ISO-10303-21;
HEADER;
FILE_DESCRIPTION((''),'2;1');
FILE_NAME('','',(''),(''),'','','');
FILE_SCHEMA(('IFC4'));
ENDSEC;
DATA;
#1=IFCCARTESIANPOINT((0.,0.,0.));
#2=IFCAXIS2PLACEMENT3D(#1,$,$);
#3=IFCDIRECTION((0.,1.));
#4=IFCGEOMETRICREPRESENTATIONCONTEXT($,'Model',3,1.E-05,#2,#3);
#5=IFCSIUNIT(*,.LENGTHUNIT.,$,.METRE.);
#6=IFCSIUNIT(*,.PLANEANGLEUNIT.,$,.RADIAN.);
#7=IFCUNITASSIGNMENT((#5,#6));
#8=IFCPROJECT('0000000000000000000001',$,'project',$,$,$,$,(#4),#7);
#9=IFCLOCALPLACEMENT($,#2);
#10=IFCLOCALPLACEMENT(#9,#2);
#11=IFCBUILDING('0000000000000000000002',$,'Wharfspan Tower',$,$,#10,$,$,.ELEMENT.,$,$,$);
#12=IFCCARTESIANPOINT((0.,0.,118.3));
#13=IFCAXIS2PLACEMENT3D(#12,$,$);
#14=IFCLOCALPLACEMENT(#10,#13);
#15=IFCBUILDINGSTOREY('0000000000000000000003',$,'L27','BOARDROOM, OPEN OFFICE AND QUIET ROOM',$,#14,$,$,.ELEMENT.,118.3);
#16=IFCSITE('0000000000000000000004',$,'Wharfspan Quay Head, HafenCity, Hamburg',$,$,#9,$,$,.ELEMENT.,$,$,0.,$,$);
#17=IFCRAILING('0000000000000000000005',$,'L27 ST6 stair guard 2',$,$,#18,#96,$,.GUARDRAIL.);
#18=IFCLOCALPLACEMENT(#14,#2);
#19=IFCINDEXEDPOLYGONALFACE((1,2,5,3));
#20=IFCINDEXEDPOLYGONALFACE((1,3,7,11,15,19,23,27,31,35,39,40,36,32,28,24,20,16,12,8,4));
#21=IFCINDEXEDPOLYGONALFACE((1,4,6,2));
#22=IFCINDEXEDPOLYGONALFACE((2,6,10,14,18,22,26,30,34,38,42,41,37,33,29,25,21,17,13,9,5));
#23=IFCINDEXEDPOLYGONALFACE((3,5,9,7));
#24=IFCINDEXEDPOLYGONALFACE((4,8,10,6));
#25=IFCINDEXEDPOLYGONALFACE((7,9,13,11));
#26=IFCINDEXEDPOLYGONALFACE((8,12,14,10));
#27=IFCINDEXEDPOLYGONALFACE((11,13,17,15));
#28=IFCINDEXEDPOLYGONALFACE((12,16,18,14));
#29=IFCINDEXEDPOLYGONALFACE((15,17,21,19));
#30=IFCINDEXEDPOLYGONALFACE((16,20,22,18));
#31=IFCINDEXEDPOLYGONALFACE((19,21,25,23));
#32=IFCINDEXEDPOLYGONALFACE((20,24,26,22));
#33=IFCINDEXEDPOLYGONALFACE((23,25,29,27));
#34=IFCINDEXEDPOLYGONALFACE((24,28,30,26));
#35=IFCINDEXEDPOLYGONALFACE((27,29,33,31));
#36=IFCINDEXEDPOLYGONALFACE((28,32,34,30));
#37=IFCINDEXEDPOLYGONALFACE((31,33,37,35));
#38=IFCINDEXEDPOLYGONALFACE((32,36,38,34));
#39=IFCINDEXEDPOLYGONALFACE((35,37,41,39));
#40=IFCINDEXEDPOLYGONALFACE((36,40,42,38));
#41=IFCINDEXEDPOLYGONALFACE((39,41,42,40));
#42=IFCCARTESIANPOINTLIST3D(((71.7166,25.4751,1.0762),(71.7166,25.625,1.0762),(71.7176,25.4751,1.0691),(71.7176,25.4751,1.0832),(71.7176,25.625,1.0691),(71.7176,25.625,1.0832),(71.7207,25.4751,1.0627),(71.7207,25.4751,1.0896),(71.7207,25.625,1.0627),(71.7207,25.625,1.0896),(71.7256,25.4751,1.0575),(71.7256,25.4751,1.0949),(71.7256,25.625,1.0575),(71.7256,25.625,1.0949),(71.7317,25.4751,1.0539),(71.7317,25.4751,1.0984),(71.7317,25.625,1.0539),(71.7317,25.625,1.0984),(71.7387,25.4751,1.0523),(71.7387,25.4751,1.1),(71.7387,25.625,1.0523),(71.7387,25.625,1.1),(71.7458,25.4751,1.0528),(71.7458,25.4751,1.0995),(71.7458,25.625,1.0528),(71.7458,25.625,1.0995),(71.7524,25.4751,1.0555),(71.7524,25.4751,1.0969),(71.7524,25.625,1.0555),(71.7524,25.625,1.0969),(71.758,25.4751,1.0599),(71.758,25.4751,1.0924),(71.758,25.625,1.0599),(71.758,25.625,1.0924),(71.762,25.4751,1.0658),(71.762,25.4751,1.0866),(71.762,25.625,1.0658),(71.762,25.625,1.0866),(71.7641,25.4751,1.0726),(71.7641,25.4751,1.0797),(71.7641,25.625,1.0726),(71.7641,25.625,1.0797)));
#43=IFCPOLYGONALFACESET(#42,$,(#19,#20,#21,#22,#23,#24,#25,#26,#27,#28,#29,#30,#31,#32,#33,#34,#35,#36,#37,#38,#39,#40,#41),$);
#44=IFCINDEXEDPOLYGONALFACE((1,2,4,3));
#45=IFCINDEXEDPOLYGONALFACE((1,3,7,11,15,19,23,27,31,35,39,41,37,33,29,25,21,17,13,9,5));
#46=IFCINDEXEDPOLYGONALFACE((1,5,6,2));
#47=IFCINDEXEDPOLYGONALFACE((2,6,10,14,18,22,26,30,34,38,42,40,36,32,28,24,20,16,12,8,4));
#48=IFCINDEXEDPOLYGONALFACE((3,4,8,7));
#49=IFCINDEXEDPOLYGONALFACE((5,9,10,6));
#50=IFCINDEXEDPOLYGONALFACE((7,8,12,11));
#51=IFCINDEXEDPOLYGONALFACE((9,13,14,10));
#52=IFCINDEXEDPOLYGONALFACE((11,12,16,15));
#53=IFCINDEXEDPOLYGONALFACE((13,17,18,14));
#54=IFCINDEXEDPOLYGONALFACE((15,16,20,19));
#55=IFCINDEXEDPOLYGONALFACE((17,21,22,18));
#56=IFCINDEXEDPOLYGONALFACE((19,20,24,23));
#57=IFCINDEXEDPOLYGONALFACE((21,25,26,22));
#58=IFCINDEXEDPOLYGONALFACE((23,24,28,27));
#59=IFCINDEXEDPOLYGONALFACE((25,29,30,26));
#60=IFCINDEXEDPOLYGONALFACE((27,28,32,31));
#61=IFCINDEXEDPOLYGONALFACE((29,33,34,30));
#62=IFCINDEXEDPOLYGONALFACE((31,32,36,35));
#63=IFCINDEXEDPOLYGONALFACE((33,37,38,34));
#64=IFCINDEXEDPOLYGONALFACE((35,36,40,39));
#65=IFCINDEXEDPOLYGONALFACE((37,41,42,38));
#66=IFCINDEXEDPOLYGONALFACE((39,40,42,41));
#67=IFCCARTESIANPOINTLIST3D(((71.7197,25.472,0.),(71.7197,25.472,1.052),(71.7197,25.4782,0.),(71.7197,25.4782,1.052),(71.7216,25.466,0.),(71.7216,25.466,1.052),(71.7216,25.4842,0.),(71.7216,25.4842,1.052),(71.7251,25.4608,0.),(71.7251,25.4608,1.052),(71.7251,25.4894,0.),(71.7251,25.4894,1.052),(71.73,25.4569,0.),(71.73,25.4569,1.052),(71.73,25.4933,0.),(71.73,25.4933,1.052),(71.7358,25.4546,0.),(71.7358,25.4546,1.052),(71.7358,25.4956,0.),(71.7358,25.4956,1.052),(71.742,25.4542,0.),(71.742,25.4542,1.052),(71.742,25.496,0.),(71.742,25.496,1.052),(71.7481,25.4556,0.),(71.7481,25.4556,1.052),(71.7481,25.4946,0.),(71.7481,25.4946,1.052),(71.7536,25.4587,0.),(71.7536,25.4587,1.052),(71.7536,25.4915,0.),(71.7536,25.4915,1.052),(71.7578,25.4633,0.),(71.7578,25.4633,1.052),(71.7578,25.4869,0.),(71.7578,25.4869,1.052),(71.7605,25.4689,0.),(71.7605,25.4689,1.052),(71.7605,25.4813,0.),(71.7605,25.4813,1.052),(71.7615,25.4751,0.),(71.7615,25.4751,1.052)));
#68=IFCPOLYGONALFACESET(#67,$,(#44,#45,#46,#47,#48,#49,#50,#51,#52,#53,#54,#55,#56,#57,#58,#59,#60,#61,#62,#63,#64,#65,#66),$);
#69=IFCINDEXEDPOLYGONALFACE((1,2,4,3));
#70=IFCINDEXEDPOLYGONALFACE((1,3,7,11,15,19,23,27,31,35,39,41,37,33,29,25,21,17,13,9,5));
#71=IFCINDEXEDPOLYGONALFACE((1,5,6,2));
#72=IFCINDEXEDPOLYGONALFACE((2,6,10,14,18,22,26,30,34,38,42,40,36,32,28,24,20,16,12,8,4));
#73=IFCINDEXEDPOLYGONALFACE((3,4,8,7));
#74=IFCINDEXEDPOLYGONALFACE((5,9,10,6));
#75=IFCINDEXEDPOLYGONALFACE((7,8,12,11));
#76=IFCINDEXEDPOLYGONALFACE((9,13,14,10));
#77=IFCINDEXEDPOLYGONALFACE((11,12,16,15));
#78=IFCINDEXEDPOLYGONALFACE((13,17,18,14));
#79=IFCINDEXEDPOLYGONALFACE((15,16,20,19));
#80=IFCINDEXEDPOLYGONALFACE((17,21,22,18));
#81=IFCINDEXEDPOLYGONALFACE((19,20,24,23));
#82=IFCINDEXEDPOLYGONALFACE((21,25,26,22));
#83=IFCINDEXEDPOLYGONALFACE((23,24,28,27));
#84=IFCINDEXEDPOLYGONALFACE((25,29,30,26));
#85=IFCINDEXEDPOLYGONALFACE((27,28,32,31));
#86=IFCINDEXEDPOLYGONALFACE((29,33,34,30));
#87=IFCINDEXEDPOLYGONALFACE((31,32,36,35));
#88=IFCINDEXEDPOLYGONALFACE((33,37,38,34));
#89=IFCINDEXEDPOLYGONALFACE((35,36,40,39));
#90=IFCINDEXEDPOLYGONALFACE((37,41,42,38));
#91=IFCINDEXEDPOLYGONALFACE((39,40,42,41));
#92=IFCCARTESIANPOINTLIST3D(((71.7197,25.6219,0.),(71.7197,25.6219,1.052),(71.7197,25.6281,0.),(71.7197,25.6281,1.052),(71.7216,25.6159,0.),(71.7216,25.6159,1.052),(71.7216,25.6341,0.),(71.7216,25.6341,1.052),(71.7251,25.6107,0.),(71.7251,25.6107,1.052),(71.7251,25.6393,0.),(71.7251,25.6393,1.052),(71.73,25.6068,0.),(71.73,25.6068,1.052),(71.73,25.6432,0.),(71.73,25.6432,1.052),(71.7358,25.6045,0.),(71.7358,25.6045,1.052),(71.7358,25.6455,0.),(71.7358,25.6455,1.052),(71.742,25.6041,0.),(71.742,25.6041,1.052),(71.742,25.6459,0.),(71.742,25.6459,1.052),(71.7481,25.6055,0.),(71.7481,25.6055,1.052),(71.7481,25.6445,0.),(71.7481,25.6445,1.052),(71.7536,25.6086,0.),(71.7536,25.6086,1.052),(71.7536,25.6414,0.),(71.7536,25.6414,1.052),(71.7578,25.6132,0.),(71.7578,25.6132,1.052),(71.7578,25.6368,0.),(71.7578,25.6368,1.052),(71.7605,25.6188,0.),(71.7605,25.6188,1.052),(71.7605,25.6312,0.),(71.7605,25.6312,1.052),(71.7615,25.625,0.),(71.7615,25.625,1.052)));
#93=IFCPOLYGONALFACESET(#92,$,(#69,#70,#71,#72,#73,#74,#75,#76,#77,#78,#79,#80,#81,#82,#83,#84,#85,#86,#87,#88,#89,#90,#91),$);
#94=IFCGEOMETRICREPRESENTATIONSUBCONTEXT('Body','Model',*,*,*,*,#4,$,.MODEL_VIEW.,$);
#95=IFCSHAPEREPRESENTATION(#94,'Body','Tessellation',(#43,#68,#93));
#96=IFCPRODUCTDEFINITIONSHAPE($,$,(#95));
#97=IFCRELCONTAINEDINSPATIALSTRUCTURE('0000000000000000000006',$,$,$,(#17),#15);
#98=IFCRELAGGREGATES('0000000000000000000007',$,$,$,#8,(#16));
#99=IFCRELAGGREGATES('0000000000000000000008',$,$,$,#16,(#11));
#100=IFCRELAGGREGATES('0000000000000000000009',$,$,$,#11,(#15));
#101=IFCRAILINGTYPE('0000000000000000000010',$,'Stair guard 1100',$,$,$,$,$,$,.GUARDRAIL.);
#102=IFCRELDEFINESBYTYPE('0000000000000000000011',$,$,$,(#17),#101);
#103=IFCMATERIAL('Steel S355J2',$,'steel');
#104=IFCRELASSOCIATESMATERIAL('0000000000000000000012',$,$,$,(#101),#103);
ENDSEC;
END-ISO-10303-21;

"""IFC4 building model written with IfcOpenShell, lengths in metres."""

from ifc_helpers import new_model, si_unit, direction, frame, origin, origin_2d, place, context, subcontext, project, spatial, circle, extrude, material, type_object, element, save


model = new_model("IFC4")

# Units and contexts
model_context = context("Model", 3, precision=1e-05, world=origin(), true_north=direction((0.0, 1.0)))
body_context = subcontext(model_context, "Body", "Model", "MODEL_VIEW")
ifc_project = project(units=[si_unit("LENGTHUNIT", "METRE"), si_unit("PLANEANGLEUNIT", "RADIAN")], contexts=[model_context])

# Site, building, storey
site_placement = place(None, origin())
site = spatial("IfcSite", under=ifc_project, at=site_placement, Name="Wharfspan Quay Head, HafenCity, Hamburg", CompositionType="ELEMENT", RefElevation=0.0)
building_placement = place(site_placement, origin())
building = spatial("IfcBuilding", under=site, at=building_placement, Name="Wharfspan Tower", CompositionType="ELEMENT")
storey_placement = place(building_placement, frame((0.0, 0.0, 118.3)))
storey = spatial("IfcBuildingStorey", under=building, at=storey_placement, Name="L27", Description="BOARDROOM, OPEN OFFICE AND QUIET ROOM", CompositionType="ELEMENT", Elevation=118.3)

# Shared definitions
ifc_material_1 = material(Name="Steel S355J2", Category="steel")

# Railing
railing_type_1 = type_object("IfcRailingType", Name="Stair guard 1100", PredefinedType="GUARDRAIL", material=ifc_material_1)
railing_1_placement = place(storey_placement, frame((71.7405, 25.4751, 0.0)))
element("IfcRailing", 1, at=railing_1_placement, inside=storey, type_object=railing_type_1, Name="L27 ST6 stair guard 2", PredefinedType="GUARDRAIL", context=body_context, shape_type="SweptSolid", body=[
    extrude(circle(Radius=0.0239, at=origin_2d()), frame((0.0, 0.0, 1.0762), z_axis=(0.0, 1.0, 0.0), x_axis=(-1.0, 0.0, 0.0)), (0.0, 0.0, 1.0), 0.1499),
    extrude(circle(Radius=0.021, at=origin_2d()), origin(), (0.0, 0.0, 1.0), 1.052),
    extrude(circle(Radius=0.021, at=origin_2d()), frame((0.0, 0.1499, 0.0)), (0.0, 0.0, 1.0), 1.052),
])

save(model, "model.ifc")
